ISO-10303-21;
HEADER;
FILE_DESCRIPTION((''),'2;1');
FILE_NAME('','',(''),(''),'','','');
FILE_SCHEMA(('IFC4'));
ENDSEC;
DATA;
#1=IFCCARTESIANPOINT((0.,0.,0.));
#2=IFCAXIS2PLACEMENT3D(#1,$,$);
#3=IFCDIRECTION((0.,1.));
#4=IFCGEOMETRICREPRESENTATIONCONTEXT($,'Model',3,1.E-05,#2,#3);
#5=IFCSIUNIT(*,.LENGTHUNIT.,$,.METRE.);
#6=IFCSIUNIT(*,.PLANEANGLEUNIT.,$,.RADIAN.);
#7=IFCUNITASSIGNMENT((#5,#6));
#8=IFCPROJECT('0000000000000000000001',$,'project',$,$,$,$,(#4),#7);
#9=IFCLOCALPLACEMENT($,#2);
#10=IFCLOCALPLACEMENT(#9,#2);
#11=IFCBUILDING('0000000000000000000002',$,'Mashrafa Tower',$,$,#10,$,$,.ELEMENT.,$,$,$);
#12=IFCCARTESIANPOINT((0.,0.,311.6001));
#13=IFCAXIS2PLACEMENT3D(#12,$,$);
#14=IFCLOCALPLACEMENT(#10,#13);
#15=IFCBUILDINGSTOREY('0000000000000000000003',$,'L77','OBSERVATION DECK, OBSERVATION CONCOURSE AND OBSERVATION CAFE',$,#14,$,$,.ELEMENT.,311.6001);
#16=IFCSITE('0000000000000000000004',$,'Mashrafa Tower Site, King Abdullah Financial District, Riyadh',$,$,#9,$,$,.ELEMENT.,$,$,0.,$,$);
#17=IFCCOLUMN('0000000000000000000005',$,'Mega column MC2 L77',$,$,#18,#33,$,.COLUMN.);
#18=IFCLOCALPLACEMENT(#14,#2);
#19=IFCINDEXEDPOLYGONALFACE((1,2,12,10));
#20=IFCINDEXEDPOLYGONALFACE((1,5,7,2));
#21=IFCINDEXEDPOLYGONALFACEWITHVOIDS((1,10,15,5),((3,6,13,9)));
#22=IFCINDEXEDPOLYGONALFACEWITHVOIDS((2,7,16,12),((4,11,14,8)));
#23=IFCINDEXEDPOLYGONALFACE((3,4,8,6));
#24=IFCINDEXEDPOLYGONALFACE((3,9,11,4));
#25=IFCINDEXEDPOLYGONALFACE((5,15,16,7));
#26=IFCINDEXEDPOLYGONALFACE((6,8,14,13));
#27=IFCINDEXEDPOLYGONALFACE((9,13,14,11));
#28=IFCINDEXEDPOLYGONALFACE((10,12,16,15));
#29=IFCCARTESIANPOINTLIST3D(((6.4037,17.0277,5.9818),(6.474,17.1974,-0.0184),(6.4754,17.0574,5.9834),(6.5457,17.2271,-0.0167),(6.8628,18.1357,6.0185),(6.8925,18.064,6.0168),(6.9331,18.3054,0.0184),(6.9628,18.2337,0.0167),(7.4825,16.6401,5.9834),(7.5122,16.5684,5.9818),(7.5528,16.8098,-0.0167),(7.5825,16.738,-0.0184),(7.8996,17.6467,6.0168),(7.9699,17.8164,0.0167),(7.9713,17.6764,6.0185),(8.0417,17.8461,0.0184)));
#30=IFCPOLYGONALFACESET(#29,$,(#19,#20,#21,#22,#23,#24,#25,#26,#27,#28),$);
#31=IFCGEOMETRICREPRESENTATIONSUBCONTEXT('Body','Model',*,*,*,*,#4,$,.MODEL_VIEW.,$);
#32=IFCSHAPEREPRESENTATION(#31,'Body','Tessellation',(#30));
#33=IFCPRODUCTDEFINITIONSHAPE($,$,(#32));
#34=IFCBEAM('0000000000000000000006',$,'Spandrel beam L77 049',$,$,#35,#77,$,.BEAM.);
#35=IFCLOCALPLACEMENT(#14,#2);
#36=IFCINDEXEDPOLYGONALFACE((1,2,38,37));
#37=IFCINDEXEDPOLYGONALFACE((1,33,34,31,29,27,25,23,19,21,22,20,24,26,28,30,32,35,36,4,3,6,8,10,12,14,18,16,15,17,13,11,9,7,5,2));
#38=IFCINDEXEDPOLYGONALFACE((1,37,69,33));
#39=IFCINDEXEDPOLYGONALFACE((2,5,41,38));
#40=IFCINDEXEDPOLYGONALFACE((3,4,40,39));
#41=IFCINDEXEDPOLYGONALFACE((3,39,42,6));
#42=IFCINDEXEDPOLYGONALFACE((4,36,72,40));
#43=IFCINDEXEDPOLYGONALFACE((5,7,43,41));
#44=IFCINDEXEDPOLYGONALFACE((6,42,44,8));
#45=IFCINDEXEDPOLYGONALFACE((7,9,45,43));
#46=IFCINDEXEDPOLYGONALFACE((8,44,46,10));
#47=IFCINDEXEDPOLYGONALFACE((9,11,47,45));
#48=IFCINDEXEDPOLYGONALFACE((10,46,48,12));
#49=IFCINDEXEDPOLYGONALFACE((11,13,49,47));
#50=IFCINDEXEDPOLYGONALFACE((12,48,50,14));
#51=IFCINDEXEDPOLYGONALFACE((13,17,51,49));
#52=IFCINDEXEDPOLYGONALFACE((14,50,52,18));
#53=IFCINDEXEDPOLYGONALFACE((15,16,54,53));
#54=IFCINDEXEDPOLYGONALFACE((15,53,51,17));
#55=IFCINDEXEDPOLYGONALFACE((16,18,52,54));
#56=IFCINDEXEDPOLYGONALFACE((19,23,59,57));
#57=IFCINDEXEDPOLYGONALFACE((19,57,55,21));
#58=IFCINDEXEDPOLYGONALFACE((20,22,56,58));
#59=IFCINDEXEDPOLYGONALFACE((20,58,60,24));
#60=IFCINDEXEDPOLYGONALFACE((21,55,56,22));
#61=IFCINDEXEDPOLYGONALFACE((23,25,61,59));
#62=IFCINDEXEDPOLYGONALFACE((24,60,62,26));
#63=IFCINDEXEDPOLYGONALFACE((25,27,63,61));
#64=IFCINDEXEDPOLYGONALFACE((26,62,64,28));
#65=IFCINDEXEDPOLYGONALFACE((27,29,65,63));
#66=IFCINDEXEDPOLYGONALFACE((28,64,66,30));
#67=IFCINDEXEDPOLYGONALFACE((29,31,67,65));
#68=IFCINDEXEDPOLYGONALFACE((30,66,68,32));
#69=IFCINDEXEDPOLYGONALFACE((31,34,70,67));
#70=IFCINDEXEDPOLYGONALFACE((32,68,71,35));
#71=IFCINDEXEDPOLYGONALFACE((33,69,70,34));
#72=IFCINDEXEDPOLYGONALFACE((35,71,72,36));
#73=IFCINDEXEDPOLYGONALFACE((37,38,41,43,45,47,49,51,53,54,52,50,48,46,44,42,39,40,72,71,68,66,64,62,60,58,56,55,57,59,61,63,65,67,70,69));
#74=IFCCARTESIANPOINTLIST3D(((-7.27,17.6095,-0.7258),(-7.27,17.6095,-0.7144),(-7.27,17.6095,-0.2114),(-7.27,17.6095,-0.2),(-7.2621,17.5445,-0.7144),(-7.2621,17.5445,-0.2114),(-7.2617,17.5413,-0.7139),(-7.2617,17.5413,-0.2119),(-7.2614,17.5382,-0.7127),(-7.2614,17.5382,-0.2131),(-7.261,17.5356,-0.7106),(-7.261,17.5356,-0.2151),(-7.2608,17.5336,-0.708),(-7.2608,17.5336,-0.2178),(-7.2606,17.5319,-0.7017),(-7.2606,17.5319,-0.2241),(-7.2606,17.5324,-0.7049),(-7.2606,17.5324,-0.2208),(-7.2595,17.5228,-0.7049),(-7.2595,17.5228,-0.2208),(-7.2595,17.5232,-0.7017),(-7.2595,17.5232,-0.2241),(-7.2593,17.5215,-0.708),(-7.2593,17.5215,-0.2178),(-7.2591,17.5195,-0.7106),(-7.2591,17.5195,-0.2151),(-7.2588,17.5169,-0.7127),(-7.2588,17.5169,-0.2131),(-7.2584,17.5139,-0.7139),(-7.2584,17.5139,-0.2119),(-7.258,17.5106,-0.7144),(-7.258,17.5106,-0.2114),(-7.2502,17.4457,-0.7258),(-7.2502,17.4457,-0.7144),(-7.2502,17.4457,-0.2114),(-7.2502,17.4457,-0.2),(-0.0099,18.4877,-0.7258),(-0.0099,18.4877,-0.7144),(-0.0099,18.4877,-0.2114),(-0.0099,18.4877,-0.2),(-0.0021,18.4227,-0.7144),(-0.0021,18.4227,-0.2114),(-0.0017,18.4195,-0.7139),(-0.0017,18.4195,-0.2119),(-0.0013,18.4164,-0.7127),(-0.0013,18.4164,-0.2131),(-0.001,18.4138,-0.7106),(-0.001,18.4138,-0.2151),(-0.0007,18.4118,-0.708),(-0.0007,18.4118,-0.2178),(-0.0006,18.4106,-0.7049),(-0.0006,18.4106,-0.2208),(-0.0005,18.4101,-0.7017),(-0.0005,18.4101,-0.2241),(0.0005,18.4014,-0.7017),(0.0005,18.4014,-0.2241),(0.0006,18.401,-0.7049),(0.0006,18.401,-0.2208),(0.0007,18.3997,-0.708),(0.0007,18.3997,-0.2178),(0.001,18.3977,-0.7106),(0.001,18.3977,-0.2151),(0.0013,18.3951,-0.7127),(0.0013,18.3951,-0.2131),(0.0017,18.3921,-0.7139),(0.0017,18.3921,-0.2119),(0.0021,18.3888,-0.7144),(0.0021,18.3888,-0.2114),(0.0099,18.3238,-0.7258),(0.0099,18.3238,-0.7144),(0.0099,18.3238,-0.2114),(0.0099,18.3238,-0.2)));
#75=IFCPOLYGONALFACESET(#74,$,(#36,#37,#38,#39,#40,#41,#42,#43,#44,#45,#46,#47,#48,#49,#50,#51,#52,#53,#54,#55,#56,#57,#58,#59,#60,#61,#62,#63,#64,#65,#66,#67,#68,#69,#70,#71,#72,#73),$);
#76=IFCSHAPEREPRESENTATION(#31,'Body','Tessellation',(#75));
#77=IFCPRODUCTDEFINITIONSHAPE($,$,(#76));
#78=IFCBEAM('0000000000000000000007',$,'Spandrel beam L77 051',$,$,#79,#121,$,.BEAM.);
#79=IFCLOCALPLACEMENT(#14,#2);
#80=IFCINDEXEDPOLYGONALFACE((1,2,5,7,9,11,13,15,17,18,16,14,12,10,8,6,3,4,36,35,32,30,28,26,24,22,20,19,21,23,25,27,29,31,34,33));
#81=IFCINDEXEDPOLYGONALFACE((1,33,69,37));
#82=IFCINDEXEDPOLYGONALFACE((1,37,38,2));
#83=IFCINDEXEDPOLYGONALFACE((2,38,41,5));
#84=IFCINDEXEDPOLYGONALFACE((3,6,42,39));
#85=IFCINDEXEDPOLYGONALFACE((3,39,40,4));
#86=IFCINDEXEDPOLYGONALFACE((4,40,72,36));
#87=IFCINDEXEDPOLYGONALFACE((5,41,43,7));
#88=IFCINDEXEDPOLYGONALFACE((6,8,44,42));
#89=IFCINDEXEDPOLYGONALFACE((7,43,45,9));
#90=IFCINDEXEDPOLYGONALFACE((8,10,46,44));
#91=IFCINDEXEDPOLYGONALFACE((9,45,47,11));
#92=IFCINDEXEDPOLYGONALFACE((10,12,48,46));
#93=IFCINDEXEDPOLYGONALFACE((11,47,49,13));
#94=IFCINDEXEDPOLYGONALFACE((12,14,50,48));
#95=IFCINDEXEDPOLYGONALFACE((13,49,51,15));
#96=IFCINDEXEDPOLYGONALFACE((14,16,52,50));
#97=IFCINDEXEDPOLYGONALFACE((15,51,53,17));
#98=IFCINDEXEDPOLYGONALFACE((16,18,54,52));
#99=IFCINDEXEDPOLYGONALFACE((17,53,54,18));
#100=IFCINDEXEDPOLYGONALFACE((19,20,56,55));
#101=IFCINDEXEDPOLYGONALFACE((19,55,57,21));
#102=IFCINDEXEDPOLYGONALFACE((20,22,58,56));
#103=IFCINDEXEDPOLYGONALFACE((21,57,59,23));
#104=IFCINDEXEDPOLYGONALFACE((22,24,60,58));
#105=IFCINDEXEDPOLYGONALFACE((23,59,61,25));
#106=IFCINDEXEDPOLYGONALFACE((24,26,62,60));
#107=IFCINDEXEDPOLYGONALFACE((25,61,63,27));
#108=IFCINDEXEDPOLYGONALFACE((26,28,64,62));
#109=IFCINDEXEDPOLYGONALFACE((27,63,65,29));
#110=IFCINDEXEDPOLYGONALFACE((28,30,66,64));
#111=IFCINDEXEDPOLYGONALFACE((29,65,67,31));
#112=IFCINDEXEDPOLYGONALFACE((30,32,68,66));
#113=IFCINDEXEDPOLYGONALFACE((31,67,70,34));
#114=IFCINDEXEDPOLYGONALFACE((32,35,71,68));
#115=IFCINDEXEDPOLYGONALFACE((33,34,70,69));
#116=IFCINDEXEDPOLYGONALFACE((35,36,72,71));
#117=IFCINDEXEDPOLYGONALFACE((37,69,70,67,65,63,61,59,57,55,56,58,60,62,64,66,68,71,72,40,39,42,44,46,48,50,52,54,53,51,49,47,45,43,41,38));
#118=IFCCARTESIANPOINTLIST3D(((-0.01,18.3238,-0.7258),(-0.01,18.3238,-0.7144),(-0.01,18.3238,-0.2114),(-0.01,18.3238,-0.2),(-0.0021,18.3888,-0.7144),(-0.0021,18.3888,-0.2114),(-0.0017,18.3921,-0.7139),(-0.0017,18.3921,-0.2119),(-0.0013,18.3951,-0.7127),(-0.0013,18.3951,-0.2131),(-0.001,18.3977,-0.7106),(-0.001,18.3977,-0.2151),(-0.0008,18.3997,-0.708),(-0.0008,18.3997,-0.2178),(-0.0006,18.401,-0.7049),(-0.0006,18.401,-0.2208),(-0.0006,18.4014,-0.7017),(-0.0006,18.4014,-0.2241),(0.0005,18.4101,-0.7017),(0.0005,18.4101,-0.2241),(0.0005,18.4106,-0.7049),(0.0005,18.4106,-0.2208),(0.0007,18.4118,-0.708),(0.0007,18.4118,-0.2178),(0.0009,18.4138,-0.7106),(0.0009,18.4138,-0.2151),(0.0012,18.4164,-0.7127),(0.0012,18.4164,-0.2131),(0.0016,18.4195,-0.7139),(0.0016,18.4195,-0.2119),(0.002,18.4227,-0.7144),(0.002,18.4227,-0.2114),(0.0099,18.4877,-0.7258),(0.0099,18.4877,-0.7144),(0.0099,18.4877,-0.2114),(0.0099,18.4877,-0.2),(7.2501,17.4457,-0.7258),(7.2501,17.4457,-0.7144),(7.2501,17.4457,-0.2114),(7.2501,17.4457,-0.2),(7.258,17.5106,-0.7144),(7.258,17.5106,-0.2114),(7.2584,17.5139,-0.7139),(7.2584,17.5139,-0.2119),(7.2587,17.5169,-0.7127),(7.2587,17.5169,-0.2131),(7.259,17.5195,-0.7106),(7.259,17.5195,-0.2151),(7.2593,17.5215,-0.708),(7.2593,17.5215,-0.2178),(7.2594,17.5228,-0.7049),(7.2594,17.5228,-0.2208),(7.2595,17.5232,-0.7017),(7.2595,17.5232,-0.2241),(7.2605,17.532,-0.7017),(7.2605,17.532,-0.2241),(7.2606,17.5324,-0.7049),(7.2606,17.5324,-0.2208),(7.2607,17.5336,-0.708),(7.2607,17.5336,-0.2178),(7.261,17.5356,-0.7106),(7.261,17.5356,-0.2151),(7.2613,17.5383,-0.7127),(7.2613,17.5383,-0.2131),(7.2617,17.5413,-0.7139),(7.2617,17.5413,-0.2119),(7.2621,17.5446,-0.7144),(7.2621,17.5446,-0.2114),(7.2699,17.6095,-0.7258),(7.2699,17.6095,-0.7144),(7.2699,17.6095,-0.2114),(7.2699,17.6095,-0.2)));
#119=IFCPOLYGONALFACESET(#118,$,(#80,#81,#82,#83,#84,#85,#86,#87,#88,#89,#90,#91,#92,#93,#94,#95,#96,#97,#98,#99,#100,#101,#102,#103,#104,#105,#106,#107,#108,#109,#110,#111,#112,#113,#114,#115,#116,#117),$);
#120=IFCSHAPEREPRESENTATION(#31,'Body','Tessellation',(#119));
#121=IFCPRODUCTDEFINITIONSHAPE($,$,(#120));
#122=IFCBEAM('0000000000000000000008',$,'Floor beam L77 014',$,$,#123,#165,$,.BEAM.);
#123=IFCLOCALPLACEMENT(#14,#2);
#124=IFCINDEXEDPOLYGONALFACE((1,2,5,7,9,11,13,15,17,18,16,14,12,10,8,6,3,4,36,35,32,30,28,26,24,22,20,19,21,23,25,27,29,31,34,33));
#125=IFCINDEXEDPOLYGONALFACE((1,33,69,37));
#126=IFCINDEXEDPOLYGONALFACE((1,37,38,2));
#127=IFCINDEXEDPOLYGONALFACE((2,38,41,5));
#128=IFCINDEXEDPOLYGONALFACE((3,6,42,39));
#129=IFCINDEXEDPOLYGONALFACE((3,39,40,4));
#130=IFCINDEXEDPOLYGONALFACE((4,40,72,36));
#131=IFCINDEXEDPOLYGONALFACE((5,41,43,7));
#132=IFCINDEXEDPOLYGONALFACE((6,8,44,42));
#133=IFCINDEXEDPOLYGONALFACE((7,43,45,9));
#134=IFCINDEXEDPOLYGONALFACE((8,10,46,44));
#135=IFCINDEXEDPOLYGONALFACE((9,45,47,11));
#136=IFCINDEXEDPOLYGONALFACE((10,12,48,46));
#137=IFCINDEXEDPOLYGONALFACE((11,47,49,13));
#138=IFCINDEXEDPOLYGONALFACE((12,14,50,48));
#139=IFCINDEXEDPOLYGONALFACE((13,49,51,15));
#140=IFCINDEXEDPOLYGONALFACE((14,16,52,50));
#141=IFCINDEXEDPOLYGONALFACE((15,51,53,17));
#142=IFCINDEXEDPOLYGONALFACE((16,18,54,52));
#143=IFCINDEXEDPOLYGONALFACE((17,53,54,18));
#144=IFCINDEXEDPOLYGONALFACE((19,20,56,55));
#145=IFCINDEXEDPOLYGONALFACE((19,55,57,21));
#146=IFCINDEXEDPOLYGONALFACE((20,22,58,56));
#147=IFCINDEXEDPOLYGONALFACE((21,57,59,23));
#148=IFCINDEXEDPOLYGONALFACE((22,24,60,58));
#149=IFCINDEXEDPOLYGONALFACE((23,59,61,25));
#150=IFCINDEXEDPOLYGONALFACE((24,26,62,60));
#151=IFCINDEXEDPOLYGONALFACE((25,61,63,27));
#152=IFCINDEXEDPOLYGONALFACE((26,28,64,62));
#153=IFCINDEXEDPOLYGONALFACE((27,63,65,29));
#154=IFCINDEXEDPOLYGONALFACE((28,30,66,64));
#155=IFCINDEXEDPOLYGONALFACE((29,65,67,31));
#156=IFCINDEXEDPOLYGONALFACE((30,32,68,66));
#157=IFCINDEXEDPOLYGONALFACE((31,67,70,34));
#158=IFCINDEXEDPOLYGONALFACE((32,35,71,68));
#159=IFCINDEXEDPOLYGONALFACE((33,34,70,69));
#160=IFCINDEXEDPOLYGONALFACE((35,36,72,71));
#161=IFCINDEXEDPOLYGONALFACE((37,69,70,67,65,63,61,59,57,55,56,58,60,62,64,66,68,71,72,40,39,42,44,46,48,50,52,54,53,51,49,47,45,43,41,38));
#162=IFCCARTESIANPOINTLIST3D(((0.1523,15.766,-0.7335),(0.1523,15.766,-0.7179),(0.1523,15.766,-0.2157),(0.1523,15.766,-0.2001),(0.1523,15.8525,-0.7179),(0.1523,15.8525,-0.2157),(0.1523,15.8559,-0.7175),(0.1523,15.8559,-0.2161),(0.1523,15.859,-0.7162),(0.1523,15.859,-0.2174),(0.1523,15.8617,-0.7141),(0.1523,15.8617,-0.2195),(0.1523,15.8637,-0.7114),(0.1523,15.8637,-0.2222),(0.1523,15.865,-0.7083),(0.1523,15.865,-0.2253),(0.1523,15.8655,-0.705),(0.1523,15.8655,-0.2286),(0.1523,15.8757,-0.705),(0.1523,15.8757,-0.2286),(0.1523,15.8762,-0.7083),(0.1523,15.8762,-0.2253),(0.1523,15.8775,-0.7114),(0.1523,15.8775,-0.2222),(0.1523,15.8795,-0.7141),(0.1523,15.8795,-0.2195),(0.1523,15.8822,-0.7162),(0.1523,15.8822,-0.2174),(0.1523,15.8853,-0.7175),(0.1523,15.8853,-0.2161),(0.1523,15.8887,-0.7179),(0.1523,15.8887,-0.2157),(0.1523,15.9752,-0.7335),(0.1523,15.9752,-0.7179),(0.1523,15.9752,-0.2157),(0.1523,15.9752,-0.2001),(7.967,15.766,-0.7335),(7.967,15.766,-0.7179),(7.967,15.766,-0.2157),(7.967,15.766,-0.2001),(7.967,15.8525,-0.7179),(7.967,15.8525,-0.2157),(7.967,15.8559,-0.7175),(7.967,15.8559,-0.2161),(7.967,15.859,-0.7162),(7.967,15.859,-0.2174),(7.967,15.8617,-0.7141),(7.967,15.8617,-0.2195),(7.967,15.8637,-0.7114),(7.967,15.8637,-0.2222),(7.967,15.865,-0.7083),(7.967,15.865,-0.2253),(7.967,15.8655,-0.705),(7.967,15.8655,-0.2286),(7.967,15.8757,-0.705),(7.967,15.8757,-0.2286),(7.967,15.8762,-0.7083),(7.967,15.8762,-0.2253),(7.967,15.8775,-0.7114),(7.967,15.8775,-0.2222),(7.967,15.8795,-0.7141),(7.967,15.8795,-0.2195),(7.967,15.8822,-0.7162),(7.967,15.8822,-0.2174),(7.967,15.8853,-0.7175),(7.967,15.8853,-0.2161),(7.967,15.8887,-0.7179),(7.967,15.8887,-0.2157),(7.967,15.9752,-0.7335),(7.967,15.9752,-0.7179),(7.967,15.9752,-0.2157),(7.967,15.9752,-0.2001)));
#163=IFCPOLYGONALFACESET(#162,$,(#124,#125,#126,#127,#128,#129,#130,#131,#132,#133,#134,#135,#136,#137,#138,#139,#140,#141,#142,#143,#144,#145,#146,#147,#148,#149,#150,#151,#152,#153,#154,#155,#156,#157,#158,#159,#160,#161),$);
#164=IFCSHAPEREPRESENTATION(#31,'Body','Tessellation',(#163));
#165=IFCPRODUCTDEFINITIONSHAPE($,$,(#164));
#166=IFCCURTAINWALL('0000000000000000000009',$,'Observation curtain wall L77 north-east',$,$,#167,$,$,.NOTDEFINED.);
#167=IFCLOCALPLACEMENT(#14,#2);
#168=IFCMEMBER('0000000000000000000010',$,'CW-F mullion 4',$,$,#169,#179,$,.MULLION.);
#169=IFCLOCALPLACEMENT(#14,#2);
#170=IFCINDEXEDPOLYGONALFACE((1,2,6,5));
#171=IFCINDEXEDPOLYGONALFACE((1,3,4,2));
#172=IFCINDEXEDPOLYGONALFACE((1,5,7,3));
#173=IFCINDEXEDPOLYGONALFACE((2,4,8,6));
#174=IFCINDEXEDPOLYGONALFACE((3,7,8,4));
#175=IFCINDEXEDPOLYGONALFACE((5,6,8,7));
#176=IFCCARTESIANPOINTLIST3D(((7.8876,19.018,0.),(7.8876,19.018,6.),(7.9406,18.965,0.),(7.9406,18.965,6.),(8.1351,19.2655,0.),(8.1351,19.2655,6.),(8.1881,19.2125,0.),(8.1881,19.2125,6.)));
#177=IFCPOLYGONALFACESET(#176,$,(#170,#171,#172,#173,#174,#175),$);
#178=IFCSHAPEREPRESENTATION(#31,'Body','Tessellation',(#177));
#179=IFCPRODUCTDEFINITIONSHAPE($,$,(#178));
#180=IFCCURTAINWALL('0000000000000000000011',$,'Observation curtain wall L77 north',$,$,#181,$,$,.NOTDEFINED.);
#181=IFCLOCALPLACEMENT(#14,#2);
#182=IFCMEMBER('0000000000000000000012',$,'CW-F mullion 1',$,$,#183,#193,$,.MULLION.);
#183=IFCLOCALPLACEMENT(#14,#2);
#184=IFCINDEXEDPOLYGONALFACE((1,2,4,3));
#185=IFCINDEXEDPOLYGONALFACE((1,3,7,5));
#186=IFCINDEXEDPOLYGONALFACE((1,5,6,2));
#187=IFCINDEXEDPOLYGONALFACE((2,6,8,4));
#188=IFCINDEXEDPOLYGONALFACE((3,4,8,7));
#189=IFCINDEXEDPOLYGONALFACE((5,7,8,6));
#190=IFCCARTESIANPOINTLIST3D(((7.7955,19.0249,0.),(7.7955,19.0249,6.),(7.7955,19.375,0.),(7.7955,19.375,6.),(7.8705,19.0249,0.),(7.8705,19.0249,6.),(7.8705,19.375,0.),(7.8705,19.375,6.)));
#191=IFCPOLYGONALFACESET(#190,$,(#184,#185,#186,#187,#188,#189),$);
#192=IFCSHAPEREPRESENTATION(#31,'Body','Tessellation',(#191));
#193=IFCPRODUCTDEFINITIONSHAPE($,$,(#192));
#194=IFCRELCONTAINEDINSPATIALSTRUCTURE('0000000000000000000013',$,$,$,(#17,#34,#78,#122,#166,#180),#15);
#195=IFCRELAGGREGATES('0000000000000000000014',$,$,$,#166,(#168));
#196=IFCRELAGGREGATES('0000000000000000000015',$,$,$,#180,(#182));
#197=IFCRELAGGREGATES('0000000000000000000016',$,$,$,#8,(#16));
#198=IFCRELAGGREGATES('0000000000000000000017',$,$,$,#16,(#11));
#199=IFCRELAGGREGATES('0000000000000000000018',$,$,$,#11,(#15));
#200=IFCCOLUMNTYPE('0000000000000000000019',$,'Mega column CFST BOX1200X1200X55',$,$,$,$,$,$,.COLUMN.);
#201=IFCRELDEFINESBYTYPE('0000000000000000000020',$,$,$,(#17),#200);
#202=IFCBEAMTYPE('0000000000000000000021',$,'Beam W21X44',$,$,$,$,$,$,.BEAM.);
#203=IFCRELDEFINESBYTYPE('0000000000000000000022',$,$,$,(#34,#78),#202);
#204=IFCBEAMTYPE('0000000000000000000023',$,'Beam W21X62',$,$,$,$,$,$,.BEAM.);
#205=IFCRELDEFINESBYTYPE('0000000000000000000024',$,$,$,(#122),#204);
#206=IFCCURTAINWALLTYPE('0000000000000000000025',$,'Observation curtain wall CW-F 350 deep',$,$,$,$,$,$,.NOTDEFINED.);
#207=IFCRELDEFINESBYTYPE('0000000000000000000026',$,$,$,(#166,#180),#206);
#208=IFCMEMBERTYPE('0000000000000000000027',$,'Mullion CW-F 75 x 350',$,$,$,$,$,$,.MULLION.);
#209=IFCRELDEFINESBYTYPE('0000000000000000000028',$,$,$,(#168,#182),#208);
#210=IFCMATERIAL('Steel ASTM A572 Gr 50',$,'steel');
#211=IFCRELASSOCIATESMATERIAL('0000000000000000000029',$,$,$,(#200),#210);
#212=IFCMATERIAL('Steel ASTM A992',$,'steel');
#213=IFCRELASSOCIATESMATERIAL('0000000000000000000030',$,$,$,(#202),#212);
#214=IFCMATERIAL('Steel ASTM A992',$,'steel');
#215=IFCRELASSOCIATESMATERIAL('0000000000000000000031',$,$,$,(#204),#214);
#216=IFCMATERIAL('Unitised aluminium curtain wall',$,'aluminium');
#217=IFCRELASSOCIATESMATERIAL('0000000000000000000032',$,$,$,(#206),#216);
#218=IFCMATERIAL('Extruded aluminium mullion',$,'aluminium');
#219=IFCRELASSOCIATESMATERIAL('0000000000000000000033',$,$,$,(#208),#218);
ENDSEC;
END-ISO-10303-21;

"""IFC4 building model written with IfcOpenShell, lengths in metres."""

from ifc_helpers import new_model, si_unit, direction, frame, origin, origin_2d, place, context, subcontext, project, spatial, rectangle, hollow_rectangle, i_section, extrude, source, transform, mapped, material, material_profile, profile_set, type_object, type_shapes, element, aggregate, save


model = new_model("IFC4")

# Units and contexts
model_context = context("Model", 3, precision=1e-05, world=origin(), true_north=direction((0.0, 1.0)))
body_context = subcontext(model_context, "Body", "Model", "MODEL_VIEW")
ifc_project = project(units=[si_unit("LENGTHUNIT", "METRE"), si_unit("PLANEANGLEUNIT", "RADIAN")], contexts=[model_context])

# Site, building, storey
site_placement = place(None, origin())
site = spatial("IfcSite", under=ifc_project, at=site_placement, Name="Mashrafa Tower Site, King Abdullah Financial District, Riyadh", CompositionType="ELEMENT", RefElevation=0.0)
building_placement = place(site_placement, origin())
building = spatial("IfcBuilding", under=site, at=building_placement, Name="Mashrafa Tower", CompositionType="ELEMENT")
storey_placement = place(building_placement, frame((0.0, 0.0, 311.6001)))
storey = spatial("IfcBuildingStorey", under=building, at=storey_placement, Name="L77", Description="OBSERVATION DECK, OBSERVATION CONCOURSE AND OBSERVATION CAFE", CompositionType="ELEMENT", Elevation=311.6001)

# Column
ifc_material_1 = material(Name="Steel ASTM A572 Gr 50", Category="steel")
ifc_material_profile_1 = material_profile(ifc_material_1, hollow_rectangle(XDim=1.2, YDim=1.2, WallThickness=0.0549, at=origin_2d()), Name="BOX1200X1200X55")
ifc_profile_set_1 = profile_set([ifc_material_profile_1], Name="Steel ASTM A572 Gr 50")
column_type = type_object("IfcColumnType", Name="Mega column CFST BOX1200X1200X55", PredefinedType="COLUMN", material=ifc_profile_set_1)
column_placement = place(storey_placement, frame((7.2578, 17.5217, 0.0), z_axis=(-0.011713, -0.028266, 0.999532), x_axis=(0.923822, -0.382821, 0.0)))
element("IfcColumn", 1, at=column_placement, inside=storey, type_object=column_type, Name="Mega column MC2 L77", PredefinedType="COLUMN", context=body_context, shape_type="SweptSolid", body=[
    extrude(hollow_rectangle(XDim=1.2, YDim=1.2, WallThickness=0.0549, at=origin_2d()), origin(), (0.0, 0.0, 1.0), 6.0029),
])

# Beams
ifc_material_2 = material(Name="Steel ASTM A992", Category="steel")
ifc_material_profile_2 = material_profile(ifc_material_2, i_section(OverallWidth=0.165, OverallDepth=0.5259, WebThickness=0.0088, FlangeThickness=0.0115, FilletRadius=0.0127, at=origin_2d()), Name="W21X44")
ifc_profile_set_2 = profile_set([ifc_material_profile_2], Name="Steel ASTM A992")
beam_type_1 = type_object("IfcBeamType", Name="Beam W21X44", PredefinedType="BEAM", material=ifc_profile_set_2)
for number, where, z_axis, x_axis, name in (
    (2, (0.0, 18.4058, -0.4629), (-0.992764, -0.120085, 0.0), (0.120085, -0.992764, 0.0), "Spandrel beam L77 049"),
    (3, (7.26, 17.5276, -0.4629), (-0.992764, 0.120085, 0.0), (-0.120085, -0.992764, 0.0), "Spandrel beam L77 051"),
):
    element("IfcBeam", number, at=place(storey_placement, frame(where, z_axis=z_axis, x_axis=x_axis)), inside=storey, type_object=beam_type_1, Name=name, PredefinedType="BEAM", context=body_context, shape_type="SweptSolid", body=[
        extrude(i_section(OverallWidth=0.165, OverallDepth=0.5259, WebThickness=0.0088, FlangeThickness=0.0115, FilletRadius=0.0127, at=origin_2d()), origin(), (0.0, 0.0, 1.0), 7.313),
    ])
ifc_material_3 = material(Name="Steel ASTM A992", Category="steel")
ifc_material_profile_3 = material_profile(ifc_material_3, i_section(OverallWidth=0.2092, OverallDepth=0.5334, WebThickness=0.0103, FlangeThickness=0.0156, FilletRadius=0.0129, at=origin_2d()), Name="W21X62")
ifc_profile_set_3 = profile_set([ifc_material_profile_3], Name="Steel ASTM A992")
beam_type_2 = type_object("IfcBeamType", Name="Beam W21X62", PredefinedType="BEAM", material=ifc_profile_set_3)
beam_placement = place(storey_placement, frame((0.1523, 15.8706, -0.4668), z_axis=(1.0, 0.0, 0.0), x_axis=(0.0, 1.0, 0.0)))
element("IfcBeam", 4, at=beam_placement, inside=storey, type_object=beam_type_2, Name="Floor beam L77 014", PredefinedType="BEAM", context=body_context, shape_type="SweptSolid", body=[
    extrude(i_section(OverallWidth=0.2092, OverallDepth=0.5334, WebThickness=0.0103, FlangeThickness=0.0156, FilletRadius=0.0129, at=origin_2d()), origin(), (0.0, 0.0, 1.0), 7.8147),
])

# Curtain wall, member
ifc_material_4 = material(Name="Unitised aluminium curtain wall", Category="aluminium")
curtain_wall_type = type_object("IfcCurtainWallType", Name="Observation curtain wall CW-F 350 deep", PredefinedType="NOTDEFINED", material=ifc_material_4)
curtain_wall_1_placement = place(storey_placement, origin())
curtain_wall_1 = element("IfcCurtainWall", 5, at=curtain_wall_1_placement, inside=storey, type_object=curtain_wall_type, Name="Observation curtain wall L77 north-east", PredefinedType="NOTDEFINED")
ifc_material_5 = material(Name="Extruded aluminium mullion", Category="aluminium")
ifc_material_profile_4 = material_profile(ifc_material_5, rectangle(XDim=0.3501, YDim=0.075, at=origin_2d()), Name="Mullion 75x350")
ifc_profile_set_4 = profile_set([ifc_material_profile_4], Name="Extruded aluminium mullion")
member_type_1 = type_object("IfcMemberType", Name="Mullion CW-F 75 x 350", PredefinedType="MULLION", material=ifc_profile_set_4)
shared_shape_1 = source(origin(), body_context, "Body", "SweptSolid", [
    extrude(rectangle(XDim=0.3501, YDim=0.075, at=origin_2d()), origin(), (0.0, 0.0, 1.0), 6.0),
])
type_shapes(member_type_1, [shared_shape_1])
member_1_placement = place(storey_placement, frame((8.0378, 19.1152, 0.0), z_axis=(0.0, 0.0, 1.0), x_axis=(-0.707107, -0.707107, 0.0)))
member_1 = element("IfcMember", 6, at=member_1_placement, type_object=member_type_1, Name="CW-F mullion 4", PredefinedType="MULLION", context=body_context, shape_type="MappedRepresentation", body=[
    mapped(shared_shape_1, transform((0.0, 0.0, 0.0))),
])

# Curtain wall, member
curtain_wall_2_placement = place(storey_placement, origin())
curtain_wall_2 = element("IfcCurtainWall", 7, at=curtain_wall_2_placement, inside=storey, type_object=curtain_wall_type, Name="Observation curtain wall L77 north", PredefinedType="NOTDEFINED")
member_2_placement = place(storey_placement, frame((7.833, 19.2, 0.0), z_axis=(0.0, 0.0, 1.0), x_axis=(0.0, -1.0, 0.0)))
member_2 = element("IfcMember", 8, at=member_2_placement, type_object=member_type_1, Name="CW-F mullion 1", PredefinedType="MULLION", context=body_context, shape_type="MappedRepresentation", body=[
    mapped(shared_shape_1, transform((0.0, 0.0, 0.0))),
])

aggregate(curtain_wall_1, [member_1])
aggregate(curtain_wall_2, [member_2])

save(model, "model.ifc")
